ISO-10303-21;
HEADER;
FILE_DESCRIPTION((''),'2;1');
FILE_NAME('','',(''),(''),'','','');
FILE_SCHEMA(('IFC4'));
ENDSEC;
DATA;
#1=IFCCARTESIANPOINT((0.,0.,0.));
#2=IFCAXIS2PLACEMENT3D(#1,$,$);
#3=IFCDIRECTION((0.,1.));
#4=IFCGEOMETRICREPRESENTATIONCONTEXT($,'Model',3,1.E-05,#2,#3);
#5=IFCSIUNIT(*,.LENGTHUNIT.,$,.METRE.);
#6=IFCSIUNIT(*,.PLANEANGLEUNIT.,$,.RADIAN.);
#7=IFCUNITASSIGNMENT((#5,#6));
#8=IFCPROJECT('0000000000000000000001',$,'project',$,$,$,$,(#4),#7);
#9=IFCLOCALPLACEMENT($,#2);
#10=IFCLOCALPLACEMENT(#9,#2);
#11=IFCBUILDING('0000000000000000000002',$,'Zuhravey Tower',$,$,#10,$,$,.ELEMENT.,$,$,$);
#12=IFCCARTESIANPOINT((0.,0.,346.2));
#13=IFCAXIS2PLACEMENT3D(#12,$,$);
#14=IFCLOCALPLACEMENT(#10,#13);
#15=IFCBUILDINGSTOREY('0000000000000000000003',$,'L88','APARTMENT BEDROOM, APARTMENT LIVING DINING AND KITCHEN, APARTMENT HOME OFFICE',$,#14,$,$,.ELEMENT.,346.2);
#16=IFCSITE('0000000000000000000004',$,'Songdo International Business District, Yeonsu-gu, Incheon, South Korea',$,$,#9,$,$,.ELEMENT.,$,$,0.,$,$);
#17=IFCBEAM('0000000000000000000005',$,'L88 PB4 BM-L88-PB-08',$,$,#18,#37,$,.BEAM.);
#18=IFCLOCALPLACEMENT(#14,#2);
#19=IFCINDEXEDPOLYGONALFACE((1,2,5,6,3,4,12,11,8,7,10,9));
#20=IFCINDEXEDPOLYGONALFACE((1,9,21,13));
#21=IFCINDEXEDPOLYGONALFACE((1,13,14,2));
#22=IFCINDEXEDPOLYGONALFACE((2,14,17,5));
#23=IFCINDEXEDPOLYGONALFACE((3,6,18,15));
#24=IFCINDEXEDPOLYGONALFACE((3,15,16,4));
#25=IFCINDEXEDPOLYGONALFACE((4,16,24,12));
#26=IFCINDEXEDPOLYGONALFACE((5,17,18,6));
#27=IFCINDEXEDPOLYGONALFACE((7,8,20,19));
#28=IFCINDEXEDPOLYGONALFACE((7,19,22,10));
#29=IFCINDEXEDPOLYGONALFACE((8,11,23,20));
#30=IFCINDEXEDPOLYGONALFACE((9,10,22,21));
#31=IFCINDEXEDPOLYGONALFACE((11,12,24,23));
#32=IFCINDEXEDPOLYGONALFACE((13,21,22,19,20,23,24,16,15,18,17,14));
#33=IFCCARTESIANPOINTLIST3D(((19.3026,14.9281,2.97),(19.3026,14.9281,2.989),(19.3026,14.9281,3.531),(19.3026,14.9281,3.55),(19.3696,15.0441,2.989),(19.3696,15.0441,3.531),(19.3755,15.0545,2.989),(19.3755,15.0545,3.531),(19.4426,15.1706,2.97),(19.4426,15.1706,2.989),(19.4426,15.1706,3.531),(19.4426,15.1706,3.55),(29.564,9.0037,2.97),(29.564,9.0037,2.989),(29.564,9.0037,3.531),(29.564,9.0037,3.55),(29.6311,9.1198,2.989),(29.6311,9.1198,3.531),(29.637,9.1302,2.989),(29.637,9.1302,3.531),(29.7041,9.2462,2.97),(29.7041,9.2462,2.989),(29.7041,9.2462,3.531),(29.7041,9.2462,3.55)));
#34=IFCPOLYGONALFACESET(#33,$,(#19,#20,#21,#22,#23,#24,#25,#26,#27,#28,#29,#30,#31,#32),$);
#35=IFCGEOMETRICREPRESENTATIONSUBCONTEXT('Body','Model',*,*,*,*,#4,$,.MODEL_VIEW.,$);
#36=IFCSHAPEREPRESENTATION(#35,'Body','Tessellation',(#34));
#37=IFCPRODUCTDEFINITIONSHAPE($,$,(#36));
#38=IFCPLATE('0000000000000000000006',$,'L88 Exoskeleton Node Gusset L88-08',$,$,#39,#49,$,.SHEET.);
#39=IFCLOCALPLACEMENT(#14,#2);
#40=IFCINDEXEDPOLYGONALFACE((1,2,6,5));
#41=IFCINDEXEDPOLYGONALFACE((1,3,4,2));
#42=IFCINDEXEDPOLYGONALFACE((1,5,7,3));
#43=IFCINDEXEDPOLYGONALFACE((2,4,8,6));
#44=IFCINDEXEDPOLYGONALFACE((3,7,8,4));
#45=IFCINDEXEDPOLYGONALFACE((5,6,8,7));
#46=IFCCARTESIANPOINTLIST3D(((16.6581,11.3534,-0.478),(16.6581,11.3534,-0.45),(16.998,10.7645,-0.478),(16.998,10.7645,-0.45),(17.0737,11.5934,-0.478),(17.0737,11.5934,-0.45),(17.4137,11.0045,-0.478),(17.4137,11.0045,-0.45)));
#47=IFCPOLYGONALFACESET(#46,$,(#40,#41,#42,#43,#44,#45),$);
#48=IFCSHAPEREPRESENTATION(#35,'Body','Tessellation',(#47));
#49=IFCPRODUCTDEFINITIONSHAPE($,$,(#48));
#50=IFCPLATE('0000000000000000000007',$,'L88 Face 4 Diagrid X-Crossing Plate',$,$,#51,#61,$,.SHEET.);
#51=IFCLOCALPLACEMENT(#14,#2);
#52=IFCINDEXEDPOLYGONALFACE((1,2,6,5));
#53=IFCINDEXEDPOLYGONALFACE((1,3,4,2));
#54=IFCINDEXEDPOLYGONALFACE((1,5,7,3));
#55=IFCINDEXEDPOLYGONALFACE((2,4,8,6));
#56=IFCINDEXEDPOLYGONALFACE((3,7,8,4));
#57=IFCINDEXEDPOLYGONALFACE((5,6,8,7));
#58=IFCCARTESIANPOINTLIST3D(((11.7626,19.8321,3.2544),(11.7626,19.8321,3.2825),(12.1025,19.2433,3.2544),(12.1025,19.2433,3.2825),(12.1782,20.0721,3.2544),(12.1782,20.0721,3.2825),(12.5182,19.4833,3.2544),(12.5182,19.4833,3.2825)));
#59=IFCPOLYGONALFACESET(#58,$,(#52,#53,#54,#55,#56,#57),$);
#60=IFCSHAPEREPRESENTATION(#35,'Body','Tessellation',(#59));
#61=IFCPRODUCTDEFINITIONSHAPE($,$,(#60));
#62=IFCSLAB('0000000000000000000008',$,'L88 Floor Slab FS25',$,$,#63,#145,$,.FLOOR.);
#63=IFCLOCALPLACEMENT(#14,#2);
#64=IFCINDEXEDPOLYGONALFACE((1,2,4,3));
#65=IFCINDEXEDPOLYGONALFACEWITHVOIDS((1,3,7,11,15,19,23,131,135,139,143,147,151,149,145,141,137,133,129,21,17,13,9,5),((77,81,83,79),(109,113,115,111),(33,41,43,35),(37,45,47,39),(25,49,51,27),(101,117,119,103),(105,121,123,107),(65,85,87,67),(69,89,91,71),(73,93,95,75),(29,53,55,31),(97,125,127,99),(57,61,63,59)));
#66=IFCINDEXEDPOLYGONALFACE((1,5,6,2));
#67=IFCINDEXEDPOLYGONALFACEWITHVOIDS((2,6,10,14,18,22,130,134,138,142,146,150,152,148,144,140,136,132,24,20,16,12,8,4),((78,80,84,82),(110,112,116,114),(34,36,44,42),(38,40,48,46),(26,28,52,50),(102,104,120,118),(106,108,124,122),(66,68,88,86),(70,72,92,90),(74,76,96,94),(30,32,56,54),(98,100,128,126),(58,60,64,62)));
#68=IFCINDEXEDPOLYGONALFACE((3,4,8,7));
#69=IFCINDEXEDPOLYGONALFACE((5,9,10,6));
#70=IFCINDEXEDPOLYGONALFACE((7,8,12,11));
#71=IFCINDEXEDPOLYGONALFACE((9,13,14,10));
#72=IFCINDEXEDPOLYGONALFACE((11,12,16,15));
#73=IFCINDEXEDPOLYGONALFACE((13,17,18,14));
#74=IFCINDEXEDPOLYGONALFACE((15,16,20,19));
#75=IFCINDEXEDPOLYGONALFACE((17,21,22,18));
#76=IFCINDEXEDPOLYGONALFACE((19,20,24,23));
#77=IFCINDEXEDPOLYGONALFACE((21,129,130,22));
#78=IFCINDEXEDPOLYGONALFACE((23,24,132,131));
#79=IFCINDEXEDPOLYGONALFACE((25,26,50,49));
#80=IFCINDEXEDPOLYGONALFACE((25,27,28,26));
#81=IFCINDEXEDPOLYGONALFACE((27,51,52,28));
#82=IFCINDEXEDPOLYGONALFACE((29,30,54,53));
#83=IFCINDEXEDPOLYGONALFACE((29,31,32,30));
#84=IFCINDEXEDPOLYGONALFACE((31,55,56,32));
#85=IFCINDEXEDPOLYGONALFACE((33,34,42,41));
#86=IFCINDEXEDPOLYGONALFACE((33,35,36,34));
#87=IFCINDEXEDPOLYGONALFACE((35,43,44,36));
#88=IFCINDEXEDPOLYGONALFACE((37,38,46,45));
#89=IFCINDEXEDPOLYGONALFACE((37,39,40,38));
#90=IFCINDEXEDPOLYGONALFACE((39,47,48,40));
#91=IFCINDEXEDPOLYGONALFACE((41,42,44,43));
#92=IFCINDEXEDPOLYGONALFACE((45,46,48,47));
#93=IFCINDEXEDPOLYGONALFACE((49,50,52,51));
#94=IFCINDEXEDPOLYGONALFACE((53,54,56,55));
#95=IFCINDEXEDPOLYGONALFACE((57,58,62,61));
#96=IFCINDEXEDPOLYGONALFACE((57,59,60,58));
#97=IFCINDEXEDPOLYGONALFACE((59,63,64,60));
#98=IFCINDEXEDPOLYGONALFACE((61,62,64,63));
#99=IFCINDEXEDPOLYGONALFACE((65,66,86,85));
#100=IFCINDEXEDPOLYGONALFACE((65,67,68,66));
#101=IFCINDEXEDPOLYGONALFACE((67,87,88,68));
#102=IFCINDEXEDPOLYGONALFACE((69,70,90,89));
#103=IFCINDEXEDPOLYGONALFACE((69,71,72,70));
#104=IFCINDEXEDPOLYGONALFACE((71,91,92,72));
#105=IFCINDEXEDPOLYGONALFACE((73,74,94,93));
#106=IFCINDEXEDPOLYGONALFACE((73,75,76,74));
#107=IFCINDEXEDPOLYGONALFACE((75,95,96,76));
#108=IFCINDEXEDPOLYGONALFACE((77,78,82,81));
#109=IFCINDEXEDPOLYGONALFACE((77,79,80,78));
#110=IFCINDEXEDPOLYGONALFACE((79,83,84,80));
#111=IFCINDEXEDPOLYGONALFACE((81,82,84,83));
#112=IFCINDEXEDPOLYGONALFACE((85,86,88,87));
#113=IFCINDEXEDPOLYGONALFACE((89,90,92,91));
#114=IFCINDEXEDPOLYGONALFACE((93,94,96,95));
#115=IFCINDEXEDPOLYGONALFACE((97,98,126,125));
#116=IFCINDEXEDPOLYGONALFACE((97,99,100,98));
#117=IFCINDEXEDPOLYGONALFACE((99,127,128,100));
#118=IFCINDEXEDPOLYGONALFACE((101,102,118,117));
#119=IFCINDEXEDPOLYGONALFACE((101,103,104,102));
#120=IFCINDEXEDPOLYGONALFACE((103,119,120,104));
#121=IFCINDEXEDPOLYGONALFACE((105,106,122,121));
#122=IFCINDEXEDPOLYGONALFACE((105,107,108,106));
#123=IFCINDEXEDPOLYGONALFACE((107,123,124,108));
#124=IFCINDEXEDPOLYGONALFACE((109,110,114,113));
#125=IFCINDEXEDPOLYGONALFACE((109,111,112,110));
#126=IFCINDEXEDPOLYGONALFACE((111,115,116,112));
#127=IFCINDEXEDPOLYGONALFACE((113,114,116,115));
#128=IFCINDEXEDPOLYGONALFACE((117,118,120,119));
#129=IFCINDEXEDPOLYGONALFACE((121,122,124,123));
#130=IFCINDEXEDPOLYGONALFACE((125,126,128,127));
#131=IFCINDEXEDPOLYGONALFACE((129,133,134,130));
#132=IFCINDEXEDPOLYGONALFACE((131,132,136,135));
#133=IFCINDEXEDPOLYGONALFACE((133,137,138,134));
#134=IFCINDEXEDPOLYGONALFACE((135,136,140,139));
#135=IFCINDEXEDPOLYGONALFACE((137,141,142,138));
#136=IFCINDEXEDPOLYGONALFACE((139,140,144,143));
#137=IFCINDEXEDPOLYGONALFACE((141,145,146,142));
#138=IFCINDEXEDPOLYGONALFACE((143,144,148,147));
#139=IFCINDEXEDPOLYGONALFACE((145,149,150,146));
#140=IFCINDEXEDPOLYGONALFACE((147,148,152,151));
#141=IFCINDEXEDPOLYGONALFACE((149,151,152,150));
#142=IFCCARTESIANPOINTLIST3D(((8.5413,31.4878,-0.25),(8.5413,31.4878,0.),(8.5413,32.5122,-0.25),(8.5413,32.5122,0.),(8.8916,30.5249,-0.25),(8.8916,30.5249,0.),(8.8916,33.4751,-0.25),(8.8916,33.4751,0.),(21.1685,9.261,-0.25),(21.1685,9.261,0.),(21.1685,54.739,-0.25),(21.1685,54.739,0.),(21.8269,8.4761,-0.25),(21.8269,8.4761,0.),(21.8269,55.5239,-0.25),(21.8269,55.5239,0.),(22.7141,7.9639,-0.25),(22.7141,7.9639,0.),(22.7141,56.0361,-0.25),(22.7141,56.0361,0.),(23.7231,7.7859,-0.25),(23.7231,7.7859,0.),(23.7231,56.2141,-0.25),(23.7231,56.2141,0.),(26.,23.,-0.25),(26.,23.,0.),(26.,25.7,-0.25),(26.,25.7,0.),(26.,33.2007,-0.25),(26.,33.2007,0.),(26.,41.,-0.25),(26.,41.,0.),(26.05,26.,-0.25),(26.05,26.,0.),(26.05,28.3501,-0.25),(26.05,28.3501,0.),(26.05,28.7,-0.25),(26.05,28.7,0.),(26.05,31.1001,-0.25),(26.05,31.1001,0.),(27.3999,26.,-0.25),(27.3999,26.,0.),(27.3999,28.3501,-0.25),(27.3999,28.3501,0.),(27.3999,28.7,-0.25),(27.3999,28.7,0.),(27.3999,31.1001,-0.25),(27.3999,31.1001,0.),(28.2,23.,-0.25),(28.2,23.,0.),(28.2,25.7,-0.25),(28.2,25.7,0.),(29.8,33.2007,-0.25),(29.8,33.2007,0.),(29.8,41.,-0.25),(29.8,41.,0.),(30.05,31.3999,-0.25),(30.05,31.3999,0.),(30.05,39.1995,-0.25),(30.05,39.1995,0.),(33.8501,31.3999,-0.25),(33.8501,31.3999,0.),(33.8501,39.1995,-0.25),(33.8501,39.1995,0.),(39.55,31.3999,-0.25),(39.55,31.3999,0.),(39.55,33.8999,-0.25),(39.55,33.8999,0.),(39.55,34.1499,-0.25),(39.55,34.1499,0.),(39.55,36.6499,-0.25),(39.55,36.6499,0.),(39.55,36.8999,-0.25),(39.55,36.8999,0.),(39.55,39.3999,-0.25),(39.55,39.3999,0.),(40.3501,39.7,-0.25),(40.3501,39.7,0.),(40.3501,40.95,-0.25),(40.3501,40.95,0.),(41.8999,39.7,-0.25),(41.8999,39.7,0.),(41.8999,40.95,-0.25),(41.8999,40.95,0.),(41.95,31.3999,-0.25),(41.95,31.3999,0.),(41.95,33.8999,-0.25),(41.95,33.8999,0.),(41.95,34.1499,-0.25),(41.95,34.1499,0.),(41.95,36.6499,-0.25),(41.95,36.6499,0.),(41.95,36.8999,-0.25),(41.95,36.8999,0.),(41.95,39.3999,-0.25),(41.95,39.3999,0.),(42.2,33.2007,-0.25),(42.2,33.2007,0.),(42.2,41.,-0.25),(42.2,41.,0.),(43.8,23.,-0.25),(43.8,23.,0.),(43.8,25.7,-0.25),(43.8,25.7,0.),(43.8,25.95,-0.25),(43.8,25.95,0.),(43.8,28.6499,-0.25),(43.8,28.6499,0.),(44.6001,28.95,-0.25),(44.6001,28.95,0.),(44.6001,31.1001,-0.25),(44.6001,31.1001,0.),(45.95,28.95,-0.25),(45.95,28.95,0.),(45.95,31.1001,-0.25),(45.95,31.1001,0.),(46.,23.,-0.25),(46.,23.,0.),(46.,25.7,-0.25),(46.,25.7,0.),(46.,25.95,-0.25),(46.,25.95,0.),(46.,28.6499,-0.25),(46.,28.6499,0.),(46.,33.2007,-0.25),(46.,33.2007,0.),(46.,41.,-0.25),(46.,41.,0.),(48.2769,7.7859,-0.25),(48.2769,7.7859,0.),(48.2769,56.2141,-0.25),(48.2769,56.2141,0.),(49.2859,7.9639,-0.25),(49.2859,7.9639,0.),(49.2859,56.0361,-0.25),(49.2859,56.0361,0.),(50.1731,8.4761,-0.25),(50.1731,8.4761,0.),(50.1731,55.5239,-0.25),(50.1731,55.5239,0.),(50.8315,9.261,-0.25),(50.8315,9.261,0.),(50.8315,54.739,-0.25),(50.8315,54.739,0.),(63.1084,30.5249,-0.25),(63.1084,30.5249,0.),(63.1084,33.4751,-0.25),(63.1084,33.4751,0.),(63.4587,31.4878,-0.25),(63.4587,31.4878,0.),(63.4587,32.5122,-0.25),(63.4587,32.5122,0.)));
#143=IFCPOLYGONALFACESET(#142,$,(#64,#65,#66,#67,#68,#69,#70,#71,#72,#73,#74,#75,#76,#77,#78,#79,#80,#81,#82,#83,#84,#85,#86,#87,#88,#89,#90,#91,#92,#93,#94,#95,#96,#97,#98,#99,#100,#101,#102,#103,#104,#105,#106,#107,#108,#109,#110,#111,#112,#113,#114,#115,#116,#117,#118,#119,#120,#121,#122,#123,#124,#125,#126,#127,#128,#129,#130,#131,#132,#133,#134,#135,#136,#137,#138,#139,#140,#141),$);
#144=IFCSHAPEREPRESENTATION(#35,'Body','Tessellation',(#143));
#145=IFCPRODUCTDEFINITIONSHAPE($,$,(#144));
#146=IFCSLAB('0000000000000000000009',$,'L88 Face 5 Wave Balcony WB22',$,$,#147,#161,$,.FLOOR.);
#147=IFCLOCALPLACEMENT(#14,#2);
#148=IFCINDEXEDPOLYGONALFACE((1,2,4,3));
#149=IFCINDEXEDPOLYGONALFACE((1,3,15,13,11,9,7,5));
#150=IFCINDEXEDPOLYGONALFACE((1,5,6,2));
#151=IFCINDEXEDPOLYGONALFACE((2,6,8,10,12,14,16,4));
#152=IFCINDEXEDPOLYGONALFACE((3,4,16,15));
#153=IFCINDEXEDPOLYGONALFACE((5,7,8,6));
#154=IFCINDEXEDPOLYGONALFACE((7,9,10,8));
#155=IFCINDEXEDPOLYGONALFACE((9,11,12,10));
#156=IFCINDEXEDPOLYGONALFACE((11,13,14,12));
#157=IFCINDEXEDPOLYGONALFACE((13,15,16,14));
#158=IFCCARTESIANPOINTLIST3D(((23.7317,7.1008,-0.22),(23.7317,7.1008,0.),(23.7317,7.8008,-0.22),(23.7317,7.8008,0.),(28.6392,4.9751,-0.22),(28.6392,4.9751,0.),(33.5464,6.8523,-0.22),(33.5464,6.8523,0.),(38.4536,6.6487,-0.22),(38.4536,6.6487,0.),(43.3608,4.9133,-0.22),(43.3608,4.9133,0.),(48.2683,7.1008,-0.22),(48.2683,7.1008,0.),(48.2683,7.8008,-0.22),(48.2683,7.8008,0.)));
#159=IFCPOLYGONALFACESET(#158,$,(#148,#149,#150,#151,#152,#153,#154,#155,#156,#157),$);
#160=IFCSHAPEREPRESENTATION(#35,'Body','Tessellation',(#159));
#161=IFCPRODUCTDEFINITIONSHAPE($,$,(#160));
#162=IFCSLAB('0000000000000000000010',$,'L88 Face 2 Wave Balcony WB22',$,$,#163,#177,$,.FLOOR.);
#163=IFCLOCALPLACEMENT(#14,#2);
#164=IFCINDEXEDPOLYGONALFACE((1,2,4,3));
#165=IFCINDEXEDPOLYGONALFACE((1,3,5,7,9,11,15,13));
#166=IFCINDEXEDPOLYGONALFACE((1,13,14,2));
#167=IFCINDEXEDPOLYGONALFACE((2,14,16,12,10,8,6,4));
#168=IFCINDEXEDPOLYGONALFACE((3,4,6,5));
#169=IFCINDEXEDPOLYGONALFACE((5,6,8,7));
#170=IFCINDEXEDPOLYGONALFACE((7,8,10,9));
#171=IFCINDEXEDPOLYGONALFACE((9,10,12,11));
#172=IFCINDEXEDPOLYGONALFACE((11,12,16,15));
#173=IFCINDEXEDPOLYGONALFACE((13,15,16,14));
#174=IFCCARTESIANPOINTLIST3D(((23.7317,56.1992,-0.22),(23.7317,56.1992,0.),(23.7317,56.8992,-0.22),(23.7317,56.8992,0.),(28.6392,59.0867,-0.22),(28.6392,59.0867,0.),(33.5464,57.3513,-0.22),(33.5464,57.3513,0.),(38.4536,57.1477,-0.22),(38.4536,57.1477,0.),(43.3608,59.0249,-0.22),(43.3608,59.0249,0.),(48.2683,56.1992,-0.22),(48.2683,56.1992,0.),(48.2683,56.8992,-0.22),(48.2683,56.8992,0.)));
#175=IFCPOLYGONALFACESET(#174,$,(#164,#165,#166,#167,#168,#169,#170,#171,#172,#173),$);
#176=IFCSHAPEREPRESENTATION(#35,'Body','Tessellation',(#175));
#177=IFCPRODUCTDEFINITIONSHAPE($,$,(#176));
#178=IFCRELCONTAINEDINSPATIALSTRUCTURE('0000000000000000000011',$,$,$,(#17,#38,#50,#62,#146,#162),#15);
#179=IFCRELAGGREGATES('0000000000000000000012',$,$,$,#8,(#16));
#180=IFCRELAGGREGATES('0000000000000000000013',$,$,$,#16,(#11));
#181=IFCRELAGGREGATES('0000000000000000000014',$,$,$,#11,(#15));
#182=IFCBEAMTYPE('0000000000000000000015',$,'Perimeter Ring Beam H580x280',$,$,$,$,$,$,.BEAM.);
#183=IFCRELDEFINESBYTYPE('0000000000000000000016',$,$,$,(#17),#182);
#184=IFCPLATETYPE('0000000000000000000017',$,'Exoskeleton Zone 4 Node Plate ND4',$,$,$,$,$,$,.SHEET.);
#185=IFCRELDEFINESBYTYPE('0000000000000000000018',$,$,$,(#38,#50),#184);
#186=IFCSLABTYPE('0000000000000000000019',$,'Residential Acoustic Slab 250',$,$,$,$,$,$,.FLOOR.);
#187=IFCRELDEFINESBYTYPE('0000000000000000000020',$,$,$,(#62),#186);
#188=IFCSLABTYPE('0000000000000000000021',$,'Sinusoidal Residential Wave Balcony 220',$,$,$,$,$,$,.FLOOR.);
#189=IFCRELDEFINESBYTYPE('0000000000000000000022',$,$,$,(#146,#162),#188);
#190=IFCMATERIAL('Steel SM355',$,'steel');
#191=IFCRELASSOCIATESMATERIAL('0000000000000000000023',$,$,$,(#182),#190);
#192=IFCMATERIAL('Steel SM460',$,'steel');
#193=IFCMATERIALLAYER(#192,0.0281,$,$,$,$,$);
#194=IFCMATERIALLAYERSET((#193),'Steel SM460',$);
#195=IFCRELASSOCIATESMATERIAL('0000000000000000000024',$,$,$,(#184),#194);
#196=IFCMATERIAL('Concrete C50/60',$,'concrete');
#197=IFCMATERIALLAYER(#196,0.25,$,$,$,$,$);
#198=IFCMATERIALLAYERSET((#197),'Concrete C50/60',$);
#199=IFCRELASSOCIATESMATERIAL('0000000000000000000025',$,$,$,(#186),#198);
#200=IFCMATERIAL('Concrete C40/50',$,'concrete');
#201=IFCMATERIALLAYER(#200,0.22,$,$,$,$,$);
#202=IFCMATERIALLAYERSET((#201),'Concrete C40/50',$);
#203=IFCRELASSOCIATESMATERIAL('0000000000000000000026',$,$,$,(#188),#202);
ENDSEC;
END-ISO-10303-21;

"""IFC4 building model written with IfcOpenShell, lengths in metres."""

from ifc_helpers import new_model, si_unit, direction, frame, origin, origin_2d, place, context, subcontext, project, spatial, polyline, rectangle, i_section, outline, extrude, material, layer, layer_set, material_profile, profile_set, type_object, element, save


model = new_model("IFC4")

# Units and contexts
model_context = context("Model", 3, precision=1e-05, world=origin(), true_north=direction((0.0, 1.0)))
body_context = subcontext(model_context, "Body", "Model", "MODEL_VIEW")
ifc_project = project(units=[si_unit("LENGTHUNIT", "METRE"), si_unit("PLANEANGLEUNIT", "RADIAN")], contexts=[model_context])

# Site, building, storey
site_placement = place(None, origin())
site = spatial("IfcSite", under=ifc_project, at=site_placement, Name="Songdo International Business District, Yeonsu-gu, Incheon, South Korea", CompositionType="ELEMENT", RefElevation=0.0)
building_placement = place(site_placement, origin())
building = spatial("IfcBuilding", under=site, at=building_placement, Name="Zuhravey Tower", CompositionType="ELEMENT")
storey_placement = place(building_placement, frame((0.0, 0.0, 346.2)))
storey = spatial("IfcBuildingStorey", under=building, at=storey_placement, Name="L88", Description="APARTMENT BEDROOM, APARTMENT LIVING DINING AND KITCHEN, APARTMENT HOME OFFICE", CompositionType="ELEMENT", Elevation=346.2)

# Shared definitions
ifc_material_1 = material(Name="Concrete C50/60", Category="concrete")

# Shared definitions
ifc_material_2 = material(Name="Steel SM355", Category="steel")

# Beam
ifc_material_profile_1 = material_profile(ifc_material_2, i_section(OverallWidth=0.28, OverallDepth=0.5801, WebThickness=0.012, FlangeThickness=0.019, at=origin_2d()), Name="H-580x280x12x19")
ifc_profile_set_1 = profile_set([ifc_material_profile_1], Name="Steel SM355")
beam_type = type_object("IfcBeamType", Name="Perimeter Ring Beam H580x280", PredefinedType="BEAM", material=ifc_profile_set_1)
beam_placement = place(storey_placement, frame((19.3726, 15.0493, 3.26), z_axis=(0.866031, -0.499991, 0.0), x_axis=(0.499991, 0.866031, 0.0)))
element("IfcBeam", 1, at=beam_placement, inside=storey, type_object=beam_type, Name="L88 PB4 BM-L88-PB-08", PredefinedType="BEAM", context=body_context, shape_type="SweptSolid", body=[
    extrude(i_section(OverallWidth=0.28, OverallDepth=0.5801, WebThickness=0.012, FlangeThickness=0.019, at=origin_2d()), origin(), (0.0, 0.0, 1.0), 11.8489),
])

# Plates
ifc_material_3 = material(Name="Steel SM460", Category="steel")
ifc_layer_1 = layer(ifc_material_3, 0.0281)
ifc_layer_set_1 = layer_set([ifc_layer_1], Name="Steel SM460")
plate_type_1 = type_object("IfcPlateType", Name="Exoskeleton Zone 4 Node Plate ND4", PredefinedType="SHEET", material=ifc_layer_set_1)
for number, where, z_axis, x_axis, name in (
    (2, (17.0359, 11.179, -0.478), (0.0, 0.0, 1.0), (0.5, -0.866025, 0.0), "L88 Exoskeleton Node Gusset L88-08"),
    (3, (12.1404, 19.6577, 3.2544), (0.0, 0.0, 1.0), (0.5, -0.866025, 0.0), "L88 Face 4 Diagrid X-Crossing Plate"),
):
    element("IfcPlate", number, at=place(storey_placement, frame(where, z_axis=z_axis, x_axis=x_axis)), inside=storey, type_object=plate_type_1, Name=name, PredefinedType="SHEET", context=body_context, shape_type="SweptSolid", body=[
        extrude(rectangle(XDim=0.6799, YDim=0.48, at=origin_2d()), origin(), (0.0, 0.0, 1.0), 0.0281),
    ])

# Slabs
ifc_layer_2 = layer(ifc_material_1, 0.25)
ifc_layer_set_2 = layer_set([ifc_layer_2], Name="Concrete C50/60")
slab_type_1 = type_object("IfcSlabType", Name="Residential Acoustic Slab 250", PredefinedType="FLOOR", material=ifc_layer_set_2)
slab_1_placement = place(storey_placement, frame((0.0, 0.0, -0.25)))
element("IfcSlab", 4, at=slab_1_placement, inside=storey, type_object=slab_type_1, Name="L88 Floor Slab FS25", PredefinedType="FLOOR", context=body_context, shape_type="SweptSolid", body=[
    extrude(outline(polyline([(63.1084, 30.5249), (63.4587, 31.4878), (63.4587, 32.5122), (63.1084, 33.4751), (50.8315, 54.739), (50.1731, 55.5239), (49.2859, 56.0361), (48.2769, 56.2141), (23.7231, 56.2141), (22.7141, 56.0361), (21.8269, 55.5239), (21.1685, 54.739), (8.8916, 33.4751), (8.5413, 32.5122), (8.5413, 31.4878), (8.8916, 30.5249), (21.1685, 9.261), (21.8269, 8.4761), (22.7141, 7.9639), (23.7231, 7.7859), (48.2769, 7.7859), (49.2859, 7.9639), (50.1731, 8.4761), (50.8315, 9.261), (63.1084, 30.5249)]), holes=[polyline([(29.8, 33.2007), (29.8, 41.0), (26.0, 41.0), (26.0, 33.2007), (29.8, 33.2007)]), polyline([(46.0, 33.2007), (46.0, 41.0), (42.2, 41.0), (42.2, 33.2007), (46.0, 33.2007)]), polyline([(30.05, 39.1995), (30.05, 31.3999), (33.8501, 31.3999), (33.8501, 39.1995), (30.05, 39.1995)]), polyline([(39.55, 31.3999), (41.95, 31.3999), (41.95, 33.8999), (39.55, 33.8999), (39.55, 31.3999)]), polyline([(39.55, 34.1499), (41.95, 34.1499), (41.95, 36.6499), (39.55, 36.6499), (39.55, 34.1499)]), polyline([(39.55, 36.8999), (41.95, 36.8999), (41.95, 39.3999), (39.55, 39.3999), (39.55, 36.8999)]), polyline([(26.0, 23.0), (28.2, 23.0), (28.2, 25.7), (26.0, 25.7), (26.0, 23.0)]), polyline([(43.8, 23.0), (46.0, 23.0), (46.0, 25.7), (43.8, 25.7), (43.8, 23.0)]), polyline([(43.8, 25.95), (46.0, 25.95), (46.0, 28.6499), (43.8, 28.6499), (43.8, 25.95)]), polyline([(26.05, 26.0), (27.3999, 26.0), (27.3999, 28.3501), (26.05, 28.3501), (26.05, 26.0)]), polyline([(26.05, 28.7), (27.3999, 28.7), (27.3999, 31.1001), (26.05, 31.1001), (26.05, 28.7)]), polyline([(44.6001, 28.95), (45.95, 28.95), (45.95, 31.1001), (44.6001, 31.1001), (44.6001, 28.95)]), polyline([(40.3501, 39.7), (41.8999, 39.7), (41.8999, 40.95), (40.3501, 40.95), (40.3501, 39.7)])]), origin(), (0.0, 0.0, 1.0), 0.25),
])
ifc_material_4 = material(Name="Concrete C40/50", Category="concrete")
ifc_layer_3 = layer(ifc_material_4, 0.22)
ifc_layer_set_3 = layer_set([ifc_layer_3], Name="Concrete C40/50")
slab_type_2 = type_object("IfcSlabType", Name="Sinusoidal Residential Wave Balcony 220", PredefinedType="FLOOR", material=ifc_layer_set_3)
slab_2_placement = place(storey_placement, frame((0.0, 0.0, -0.22)))
element("IfcSlab", 5, at=slab_2_placement, inside=storey, type_object=slab_type_2, Name="L88 Face 5 Wave Balcony WB22", PredefinedType="FLOOR", context=body_context, shape_type="SweptSolid", body=[
    extrude(outline(polyline([(23.7317, 7.8008), (48.2683, 7.8008), (48.2683, 7.1008), (43.3608, 4.9133), (38.4536, 6.6487), (33.5464, 6.8523), (28.6392, 4.9751), (23.7317, 7.1008), (23.7317, 7.8008)])), origin(), (0.0, 0.0, 1.0), 0.22),
])
slab_3_placement = place(storey_placement, frame((0.0, 0.0, -0.22)))
element("IfcSlab", 6, at=slab_3_placement, inside=storey, type_object=slab_type_2, Name="L88 Face 2 Wave Balcony WB22", PredefinedType="FLOOR", context=body_context, shape_type="SweptSolid", body=[
    extrude(outline(polyline([(48.2683, 56.1992), (23.7317, 56.1992), (23.7317, 56.8992), (28.6392, 59.0867), (33.5464, 57.3513), (38.4536, 57.1477), (43.3608, 59.0249), (48.2683, 56.8992), (48.2683, 56.1992)])), origin(), (0.0, 0.0, 1.0), 0.22),
])

save(model, "model.ifc")
